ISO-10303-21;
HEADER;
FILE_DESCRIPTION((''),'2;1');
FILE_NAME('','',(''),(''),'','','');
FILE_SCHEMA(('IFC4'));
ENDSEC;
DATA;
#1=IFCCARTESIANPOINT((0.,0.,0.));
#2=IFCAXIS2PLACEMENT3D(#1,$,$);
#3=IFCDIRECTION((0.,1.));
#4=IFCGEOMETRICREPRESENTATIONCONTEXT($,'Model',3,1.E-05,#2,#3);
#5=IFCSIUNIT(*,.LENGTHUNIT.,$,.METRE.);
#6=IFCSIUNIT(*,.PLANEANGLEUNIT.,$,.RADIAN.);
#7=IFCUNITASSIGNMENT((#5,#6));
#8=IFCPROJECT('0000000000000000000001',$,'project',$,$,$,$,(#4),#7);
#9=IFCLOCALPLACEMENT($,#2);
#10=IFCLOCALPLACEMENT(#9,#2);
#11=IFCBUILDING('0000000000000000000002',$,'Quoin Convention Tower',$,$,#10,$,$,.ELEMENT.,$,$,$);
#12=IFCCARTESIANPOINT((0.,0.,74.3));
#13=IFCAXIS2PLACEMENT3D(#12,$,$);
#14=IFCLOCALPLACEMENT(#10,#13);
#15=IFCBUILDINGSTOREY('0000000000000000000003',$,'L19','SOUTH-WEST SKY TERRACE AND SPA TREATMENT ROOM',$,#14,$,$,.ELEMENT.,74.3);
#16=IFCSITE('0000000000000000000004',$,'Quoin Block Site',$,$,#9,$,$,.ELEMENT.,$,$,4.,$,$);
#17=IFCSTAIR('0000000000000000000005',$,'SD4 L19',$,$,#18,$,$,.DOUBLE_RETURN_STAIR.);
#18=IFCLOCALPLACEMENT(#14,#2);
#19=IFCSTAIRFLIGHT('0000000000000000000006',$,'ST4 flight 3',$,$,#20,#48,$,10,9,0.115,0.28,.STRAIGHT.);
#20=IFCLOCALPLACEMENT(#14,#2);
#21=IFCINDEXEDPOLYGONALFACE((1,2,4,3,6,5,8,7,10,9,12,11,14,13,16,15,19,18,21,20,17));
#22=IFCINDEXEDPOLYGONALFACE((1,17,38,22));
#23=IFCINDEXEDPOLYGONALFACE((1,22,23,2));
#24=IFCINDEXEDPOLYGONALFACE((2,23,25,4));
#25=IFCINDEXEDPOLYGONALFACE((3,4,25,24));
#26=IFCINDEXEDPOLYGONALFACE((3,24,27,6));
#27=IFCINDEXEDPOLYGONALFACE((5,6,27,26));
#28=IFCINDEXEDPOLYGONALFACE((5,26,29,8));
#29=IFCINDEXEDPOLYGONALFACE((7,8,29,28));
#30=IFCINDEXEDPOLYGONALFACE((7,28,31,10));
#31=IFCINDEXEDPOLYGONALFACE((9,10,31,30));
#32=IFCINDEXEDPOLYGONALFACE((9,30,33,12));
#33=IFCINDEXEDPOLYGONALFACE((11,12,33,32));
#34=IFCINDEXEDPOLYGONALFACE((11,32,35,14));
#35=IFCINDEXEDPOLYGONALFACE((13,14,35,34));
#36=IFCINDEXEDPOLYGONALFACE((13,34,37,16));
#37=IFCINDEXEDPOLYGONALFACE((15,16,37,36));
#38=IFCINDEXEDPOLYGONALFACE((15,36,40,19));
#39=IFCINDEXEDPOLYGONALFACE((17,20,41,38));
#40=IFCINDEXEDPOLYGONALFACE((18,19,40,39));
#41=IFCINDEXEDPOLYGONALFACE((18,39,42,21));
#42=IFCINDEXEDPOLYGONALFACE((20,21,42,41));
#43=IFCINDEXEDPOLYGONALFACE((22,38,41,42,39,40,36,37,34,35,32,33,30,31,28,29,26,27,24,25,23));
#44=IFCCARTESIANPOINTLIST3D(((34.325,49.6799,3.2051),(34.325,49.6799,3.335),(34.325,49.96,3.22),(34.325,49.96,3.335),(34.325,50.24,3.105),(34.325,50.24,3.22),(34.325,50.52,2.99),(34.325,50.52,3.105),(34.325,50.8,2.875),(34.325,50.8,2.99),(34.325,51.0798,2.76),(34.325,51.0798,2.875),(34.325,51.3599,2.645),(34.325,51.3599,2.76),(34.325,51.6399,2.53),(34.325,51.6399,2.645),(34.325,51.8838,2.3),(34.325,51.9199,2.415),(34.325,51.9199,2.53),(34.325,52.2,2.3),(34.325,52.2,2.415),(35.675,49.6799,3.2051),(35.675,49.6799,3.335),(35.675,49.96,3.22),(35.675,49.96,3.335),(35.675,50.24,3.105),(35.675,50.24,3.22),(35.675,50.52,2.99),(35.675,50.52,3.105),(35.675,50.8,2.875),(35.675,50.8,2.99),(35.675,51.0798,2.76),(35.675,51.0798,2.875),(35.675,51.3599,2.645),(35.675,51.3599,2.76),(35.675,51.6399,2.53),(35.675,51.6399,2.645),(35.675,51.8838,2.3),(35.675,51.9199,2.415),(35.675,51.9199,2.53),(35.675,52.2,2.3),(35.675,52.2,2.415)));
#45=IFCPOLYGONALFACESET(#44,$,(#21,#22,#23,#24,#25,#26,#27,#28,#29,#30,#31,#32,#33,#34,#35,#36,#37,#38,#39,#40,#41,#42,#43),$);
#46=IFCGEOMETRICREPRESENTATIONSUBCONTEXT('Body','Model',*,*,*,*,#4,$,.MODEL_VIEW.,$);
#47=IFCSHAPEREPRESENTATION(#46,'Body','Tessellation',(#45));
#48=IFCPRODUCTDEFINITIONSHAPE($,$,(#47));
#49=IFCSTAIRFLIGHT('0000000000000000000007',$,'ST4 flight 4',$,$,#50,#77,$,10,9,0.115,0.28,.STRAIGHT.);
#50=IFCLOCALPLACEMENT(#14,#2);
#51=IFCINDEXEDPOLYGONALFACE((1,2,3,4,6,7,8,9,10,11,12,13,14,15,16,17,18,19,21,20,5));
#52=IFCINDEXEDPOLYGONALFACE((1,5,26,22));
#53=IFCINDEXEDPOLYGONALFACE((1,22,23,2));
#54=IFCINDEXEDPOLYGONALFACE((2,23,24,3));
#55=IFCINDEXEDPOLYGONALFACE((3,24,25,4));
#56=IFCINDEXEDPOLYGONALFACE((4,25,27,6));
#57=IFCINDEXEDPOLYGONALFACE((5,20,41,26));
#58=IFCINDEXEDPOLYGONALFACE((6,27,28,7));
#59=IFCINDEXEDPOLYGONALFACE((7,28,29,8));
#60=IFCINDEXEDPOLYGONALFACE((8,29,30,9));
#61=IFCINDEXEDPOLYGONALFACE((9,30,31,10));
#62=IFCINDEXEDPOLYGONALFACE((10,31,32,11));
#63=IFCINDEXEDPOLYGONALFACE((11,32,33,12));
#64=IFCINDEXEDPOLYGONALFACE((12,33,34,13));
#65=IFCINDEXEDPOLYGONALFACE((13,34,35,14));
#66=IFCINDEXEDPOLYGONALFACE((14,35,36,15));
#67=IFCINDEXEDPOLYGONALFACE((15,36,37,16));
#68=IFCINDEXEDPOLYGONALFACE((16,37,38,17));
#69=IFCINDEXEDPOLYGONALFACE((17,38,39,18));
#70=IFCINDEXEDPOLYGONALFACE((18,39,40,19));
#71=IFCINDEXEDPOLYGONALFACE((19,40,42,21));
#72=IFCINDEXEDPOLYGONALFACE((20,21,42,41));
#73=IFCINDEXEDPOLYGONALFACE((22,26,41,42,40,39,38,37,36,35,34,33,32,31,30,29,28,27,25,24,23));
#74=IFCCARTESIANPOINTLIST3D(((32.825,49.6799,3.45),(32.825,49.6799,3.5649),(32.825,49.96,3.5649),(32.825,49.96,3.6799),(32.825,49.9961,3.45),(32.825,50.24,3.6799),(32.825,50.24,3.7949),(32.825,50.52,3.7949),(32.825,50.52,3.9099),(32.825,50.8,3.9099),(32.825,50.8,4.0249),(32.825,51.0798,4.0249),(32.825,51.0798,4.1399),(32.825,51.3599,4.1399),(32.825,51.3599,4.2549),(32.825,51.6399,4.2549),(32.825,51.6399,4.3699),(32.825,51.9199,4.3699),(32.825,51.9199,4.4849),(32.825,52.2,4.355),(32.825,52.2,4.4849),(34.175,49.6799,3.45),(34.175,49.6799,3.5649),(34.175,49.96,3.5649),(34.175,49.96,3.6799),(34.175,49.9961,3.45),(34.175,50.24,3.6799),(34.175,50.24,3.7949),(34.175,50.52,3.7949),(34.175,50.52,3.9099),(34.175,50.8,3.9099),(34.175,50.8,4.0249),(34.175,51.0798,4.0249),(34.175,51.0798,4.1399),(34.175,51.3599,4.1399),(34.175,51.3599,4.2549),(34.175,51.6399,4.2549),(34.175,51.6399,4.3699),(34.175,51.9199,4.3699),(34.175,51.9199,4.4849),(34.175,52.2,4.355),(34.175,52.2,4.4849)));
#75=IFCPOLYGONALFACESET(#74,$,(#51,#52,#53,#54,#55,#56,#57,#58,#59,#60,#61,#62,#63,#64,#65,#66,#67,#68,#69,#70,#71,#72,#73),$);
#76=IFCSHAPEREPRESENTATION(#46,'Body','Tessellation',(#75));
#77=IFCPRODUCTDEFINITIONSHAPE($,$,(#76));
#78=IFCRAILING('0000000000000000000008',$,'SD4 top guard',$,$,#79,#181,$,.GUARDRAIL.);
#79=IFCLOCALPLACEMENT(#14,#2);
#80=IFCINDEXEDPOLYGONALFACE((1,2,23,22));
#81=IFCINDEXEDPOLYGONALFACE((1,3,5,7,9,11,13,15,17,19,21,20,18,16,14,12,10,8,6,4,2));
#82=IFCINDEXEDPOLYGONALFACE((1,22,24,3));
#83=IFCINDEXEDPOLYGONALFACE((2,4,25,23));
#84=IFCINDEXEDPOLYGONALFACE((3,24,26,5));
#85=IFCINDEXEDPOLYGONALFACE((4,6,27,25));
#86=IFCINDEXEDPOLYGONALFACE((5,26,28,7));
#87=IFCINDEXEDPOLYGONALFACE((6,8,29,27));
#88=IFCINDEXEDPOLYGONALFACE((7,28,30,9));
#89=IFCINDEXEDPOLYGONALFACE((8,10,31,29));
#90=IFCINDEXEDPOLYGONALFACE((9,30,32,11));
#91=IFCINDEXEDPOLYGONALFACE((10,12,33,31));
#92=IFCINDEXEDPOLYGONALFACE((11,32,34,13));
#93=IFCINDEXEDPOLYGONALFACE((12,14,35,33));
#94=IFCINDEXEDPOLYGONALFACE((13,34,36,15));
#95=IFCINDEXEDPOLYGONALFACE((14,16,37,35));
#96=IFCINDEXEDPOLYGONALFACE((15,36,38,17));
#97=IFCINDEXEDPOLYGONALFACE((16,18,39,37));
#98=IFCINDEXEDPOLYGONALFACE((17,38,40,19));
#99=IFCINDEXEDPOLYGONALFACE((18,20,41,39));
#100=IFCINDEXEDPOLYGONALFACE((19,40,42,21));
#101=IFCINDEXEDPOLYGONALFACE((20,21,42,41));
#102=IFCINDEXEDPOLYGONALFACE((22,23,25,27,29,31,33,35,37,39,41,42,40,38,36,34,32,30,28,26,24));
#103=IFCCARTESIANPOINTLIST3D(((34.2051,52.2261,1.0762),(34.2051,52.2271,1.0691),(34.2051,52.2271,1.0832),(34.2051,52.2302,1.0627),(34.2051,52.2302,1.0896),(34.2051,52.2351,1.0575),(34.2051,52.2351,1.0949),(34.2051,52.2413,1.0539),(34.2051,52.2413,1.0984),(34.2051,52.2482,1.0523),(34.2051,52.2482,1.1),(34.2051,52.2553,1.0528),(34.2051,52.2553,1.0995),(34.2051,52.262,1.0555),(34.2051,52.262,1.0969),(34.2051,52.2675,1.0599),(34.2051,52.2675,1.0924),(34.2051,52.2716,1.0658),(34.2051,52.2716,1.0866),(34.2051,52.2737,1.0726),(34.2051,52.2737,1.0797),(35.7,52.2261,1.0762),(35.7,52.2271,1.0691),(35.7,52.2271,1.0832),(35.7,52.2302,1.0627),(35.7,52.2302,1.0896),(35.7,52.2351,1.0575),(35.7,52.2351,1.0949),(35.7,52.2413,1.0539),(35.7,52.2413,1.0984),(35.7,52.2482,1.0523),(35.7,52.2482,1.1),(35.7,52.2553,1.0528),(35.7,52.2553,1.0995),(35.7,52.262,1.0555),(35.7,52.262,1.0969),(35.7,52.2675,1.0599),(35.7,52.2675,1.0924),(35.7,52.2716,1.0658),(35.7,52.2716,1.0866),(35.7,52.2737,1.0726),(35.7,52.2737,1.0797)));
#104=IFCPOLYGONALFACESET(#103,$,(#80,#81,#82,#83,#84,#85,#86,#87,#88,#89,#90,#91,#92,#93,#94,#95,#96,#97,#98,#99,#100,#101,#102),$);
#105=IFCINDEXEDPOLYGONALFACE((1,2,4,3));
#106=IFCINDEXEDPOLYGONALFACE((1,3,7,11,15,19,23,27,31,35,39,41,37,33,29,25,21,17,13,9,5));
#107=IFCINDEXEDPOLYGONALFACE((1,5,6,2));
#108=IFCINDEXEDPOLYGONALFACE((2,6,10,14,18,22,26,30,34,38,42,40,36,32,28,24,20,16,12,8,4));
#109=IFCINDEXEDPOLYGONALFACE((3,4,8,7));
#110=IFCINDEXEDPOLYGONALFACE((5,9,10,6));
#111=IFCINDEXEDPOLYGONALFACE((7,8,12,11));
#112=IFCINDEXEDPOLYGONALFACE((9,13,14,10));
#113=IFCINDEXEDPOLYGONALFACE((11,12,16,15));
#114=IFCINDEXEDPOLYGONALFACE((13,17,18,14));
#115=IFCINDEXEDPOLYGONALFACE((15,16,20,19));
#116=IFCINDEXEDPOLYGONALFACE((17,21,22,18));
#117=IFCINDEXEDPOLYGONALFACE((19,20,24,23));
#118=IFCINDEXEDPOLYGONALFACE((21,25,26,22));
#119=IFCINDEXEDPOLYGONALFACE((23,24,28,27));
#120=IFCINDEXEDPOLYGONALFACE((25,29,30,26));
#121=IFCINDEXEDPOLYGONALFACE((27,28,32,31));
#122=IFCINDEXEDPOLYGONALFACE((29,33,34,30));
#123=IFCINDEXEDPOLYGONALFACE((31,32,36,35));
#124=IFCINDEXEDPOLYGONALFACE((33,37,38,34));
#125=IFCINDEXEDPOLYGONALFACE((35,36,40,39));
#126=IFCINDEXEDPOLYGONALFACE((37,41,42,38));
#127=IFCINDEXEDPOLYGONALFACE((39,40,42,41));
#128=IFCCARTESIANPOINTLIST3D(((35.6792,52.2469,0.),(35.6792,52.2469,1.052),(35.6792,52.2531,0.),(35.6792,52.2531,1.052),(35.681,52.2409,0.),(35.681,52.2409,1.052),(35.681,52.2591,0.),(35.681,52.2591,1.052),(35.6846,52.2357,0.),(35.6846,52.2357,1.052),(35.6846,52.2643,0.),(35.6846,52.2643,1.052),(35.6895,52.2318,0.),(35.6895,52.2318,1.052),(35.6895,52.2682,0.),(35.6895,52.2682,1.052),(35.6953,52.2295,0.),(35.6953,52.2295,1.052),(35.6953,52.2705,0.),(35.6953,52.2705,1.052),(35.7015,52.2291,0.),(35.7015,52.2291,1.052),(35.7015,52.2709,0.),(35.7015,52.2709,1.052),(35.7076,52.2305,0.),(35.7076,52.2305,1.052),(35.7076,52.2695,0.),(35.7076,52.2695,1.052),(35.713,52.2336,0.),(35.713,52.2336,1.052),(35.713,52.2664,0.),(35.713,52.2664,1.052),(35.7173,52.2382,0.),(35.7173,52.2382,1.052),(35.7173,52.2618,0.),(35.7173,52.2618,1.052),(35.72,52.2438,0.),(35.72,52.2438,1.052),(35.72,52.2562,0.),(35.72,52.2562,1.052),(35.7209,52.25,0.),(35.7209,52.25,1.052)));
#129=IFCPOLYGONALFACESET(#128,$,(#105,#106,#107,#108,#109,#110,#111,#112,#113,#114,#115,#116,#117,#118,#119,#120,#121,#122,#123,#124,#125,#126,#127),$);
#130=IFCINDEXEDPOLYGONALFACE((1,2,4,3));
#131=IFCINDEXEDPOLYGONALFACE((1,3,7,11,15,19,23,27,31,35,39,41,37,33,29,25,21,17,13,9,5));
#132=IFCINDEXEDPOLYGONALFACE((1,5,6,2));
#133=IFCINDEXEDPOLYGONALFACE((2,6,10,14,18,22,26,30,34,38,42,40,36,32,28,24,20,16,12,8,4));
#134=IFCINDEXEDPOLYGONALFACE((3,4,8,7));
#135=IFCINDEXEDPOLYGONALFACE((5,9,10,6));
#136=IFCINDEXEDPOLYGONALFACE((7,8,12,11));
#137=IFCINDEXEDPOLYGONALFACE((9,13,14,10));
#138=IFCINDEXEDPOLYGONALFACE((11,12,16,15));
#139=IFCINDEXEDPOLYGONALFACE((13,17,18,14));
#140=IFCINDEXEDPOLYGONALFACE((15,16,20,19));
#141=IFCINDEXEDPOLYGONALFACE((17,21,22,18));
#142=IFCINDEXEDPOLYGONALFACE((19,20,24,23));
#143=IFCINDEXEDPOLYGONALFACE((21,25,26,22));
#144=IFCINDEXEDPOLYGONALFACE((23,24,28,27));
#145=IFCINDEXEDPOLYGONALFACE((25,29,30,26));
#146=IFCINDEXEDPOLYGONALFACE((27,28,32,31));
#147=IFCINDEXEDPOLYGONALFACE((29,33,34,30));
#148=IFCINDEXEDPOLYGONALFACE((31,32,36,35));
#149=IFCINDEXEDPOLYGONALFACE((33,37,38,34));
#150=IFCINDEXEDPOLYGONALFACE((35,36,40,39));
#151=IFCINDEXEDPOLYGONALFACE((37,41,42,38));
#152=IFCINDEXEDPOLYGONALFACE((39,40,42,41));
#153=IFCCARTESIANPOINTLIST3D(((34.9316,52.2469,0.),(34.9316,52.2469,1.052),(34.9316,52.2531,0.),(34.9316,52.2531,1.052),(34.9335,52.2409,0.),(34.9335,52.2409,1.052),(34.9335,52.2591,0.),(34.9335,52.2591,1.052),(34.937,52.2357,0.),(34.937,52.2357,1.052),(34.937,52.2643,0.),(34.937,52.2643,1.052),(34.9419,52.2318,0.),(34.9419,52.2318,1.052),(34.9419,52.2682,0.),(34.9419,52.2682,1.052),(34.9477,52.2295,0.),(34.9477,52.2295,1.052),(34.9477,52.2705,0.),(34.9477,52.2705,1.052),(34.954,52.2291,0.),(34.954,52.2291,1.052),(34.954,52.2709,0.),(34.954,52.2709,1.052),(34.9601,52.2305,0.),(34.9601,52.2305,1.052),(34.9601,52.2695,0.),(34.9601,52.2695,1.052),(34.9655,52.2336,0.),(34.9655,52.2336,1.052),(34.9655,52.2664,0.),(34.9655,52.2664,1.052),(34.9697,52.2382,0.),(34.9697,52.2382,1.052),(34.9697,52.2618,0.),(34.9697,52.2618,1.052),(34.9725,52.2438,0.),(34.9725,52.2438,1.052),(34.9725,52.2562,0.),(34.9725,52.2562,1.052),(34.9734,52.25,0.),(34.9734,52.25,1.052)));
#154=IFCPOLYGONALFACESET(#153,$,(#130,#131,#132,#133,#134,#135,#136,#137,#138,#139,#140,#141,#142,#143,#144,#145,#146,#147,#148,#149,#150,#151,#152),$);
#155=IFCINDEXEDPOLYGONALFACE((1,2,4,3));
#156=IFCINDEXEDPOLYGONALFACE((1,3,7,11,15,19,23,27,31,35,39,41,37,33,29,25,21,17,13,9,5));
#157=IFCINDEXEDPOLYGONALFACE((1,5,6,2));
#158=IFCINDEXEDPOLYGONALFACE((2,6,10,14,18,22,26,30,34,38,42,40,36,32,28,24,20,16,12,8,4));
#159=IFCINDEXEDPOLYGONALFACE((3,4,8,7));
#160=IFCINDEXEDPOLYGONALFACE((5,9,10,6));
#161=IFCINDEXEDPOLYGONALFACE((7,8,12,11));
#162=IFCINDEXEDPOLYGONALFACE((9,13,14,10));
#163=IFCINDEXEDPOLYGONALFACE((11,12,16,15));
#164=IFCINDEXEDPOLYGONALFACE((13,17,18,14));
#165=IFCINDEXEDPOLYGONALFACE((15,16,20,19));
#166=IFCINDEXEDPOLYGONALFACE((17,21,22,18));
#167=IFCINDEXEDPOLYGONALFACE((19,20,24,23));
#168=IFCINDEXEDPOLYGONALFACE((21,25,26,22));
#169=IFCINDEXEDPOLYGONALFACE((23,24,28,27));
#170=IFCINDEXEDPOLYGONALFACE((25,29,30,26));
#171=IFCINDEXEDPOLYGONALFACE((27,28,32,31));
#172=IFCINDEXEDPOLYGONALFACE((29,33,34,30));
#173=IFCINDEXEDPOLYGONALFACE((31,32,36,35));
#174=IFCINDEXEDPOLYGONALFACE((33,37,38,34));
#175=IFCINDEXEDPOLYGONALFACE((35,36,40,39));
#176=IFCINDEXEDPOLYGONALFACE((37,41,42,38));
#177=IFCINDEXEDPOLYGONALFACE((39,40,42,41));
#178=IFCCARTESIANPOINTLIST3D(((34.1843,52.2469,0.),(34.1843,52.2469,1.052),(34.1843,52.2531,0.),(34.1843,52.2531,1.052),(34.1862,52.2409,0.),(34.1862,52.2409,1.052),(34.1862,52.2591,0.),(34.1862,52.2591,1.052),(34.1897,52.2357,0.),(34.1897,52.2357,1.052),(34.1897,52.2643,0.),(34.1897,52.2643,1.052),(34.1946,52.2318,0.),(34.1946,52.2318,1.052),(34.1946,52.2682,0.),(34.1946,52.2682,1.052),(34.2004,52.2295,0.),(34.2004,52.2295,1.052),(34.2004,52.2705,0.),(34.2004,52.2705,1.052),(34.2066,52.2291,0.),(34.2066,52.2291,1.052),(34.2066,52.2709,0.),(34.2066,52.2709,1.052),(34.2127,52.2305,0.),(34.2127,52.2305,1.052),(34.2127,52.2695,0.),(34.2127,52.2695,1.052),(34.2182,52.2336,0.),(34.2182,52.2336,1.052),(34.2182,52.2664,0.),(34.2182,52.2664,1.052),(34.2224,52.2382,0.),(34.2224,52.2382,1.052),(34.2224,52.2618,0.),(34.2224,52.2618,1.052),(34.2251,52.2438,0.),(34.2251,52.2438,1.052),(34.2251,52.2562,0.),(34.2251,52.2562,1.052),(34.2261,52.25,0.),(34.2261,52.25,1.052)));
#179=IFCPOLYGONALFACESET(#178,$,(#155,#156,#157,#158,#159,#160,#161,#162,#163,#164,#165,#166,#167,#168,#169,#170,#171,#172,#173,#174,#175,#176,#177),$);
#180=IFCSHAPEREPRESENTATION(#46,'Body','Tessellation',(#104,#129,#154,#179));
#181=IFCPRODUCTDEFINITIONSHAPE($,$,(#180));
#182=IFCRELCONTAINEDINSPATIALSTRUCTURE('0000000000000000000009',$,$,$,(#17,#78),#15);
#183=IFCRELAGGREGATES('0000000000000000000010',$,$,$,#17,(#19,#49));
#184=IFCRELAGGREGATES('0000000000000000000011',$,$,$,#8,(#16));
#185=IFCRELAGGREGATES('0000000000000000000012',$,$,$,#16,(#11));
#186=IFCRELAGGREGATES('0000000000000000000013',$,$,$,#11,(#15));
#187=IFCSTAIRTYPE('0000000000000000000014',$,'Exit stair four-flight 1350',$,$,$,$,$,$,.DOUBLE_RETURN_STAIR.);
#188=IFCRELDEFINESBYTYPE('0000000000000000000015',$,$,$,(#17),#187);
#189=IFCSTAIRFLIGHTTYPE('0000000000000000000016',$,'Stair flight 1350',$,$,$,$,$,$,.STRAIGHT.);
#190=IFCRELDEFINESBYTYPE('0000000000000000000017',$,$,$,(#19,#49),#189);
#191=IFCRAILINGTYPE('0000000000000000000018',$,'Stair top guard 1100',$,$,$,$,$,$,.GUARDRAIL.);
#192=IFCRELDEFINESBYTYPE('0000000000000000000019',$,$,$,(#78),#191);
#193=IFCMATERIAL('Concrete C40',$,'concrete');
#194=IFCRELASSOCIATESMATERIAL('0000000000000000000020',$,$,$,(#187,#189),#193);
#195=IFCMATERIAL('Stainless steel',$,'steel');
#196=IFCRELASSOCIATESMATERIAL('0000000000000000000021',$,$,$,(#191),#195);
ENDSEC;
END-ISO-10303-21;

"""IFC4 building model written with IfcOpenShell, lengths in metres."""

from ifc_helpers import new_model, si_unit, direction, frame, origin, origin_2d, place, context, subcontext, project, spatial, polyline, circle, outline, extrude, material, type_object, element, aggregate, save


model = new_model("IFC4")

# Units and contexts
model_context = context("Model", 3, precision=1e-05, world=origin(), true_north=direction((0.0, 1.0)))
body_context = subcontext(model_context, "Body", "Model", "MODEL_VIEW")
ifc_project = project(units=[si_unit("LENGTHUNIT", "METRE"), si_unit("PLANEANGLEUNIT", "RADIAN")], contexts=[model_context])

# Site, building, storey
site_placement = place(None, origin())
site = spatial("IfcSite", under=ifc_project, at=site_placement, Name="Quoin Block Site", CompositionType="ELEMENT", RefElevation=4.0)
building_placement = place(site_placement, origin())
building = spatial("IfcBuilding", under=site, at=building_placement, Name="Quoin Convention Tower", CompositionType="ELEMENT")
storey_placement = place(building_placement, frame((0.0, 0.0, 74.3)))
storey = spatial("IfcBuildingStorey", under=building, at=storey_placement, Name="L19", Description="SOUTH-WEST SKY TERRACE AND SPA TREATMENT ROOM", CompositionType="ELEMENT", Elevation=74.3)

# Stair, stair flights
ifc_material_1 = material(Name="Concrete C40", Category="concrete")
stair_type = type_object("IfcStairType", Name="Exit stair four-flight 1350", PredefinedType="DOUBLE_RETURN_STAIR", material=ifc_material_1)
stair_flight_type = type_object("IfcStairFlightType", Name="Stair flight 1350", PredefinedType="STRAIGHT", material=ifc_material_1)
stair_1_placement = place(storey_placement, origin())
stair_1 = element("IfcStair", 1, at=stair_1_placement, inside=storey, type_object=stair_type, Name="SD4 L19", PredefinedType="DOUBLE_RETURN_STAIR")
stair_flight_1_placement = place(storey_placement, frame((35.0, 52.2, 2.3), z_axis=(0.0, 0.0, 1.0), x_axis=(0.0, -1.0, 0.0)))
stair_flight_1 = element("IfcStairFlight", 2, at=stair_flight_1_placement, type_object=stair_flight_type, Name="ST4 flight 3", NumberOfRisers=10, NumberOfTreads=9, PredefinedType="STRAIGHT", RiserHeight=0.115, TreadLength=0.28, context=body_context, shape_type="SweptSolid", body=[
    extrude(outline(polyline([(0.0, 0.0), (0.0, 0.115), (0.28, 0.115), (0.28, 0.23), (0.5601, 0.23), (0.5601, 0.345), (0.8401, 0.345), (0.8401, 0.46), (1.1201, 0.46), (1.1201, 0.575), (1.3999, 0.575), (1.3999, 0.6899), (1.6799, 0.6899), (1.6799, 0.8049), (1.96, 0.8049), (1.96, 0.9199), (2.24, 0.9199), (2.24, 1.0349), (2.52, 1.0349), (2.52, 1.1499), (2.52, 0.905), (0.3162, 0.0), (0.0, 0.0)])), frame((0.0, 0.675, 0.0), z_axis=(0.0, -1.0, 0.0), x_axis=(1.0, 0.0, 0.0)), (0.0, 0.0, 1.0), 1.3501),
])
stair_flight_2_placement = place(storey_placement, frame((33.5, 49.6799, 3.45), z_axis=(0.0, 0.0, 1.0), x_axis=(0.0, 1.0, 0.0)))
stair_flight_2 = element("IfcStairFlight", 3, at=stair_flight_2_placement, type_object=stair_flight_type, Name="ST4 flight 4", NumberOfRisers=10, NumberOfTreads=9, PredefinedType="STRAIGHT", RiserHeight=0.115, TreadLength=0.28, context=body_context, shape_type="SweptSolid", body=[
    extrude(outline(polyline([(0.0, 0.0), (0.0, 0.115), (0.28, 0.115), (0.28, 0.23), (0.5601, 0.23), (0.5601, 0.345), (0.8401, 0.345), (0.8401, 0.46), (1.1201, 0.46), (1.1201, 0.575), (1.3999, 0.575), (1.3999, 0.6899), (1.6799, 0.6899), (1.6799, 0.8049), (1.96, 0.8049), (1.96, 0.9199), (2.24, 0.9199), (2.24, 1.0349), (2.52, 1.0349), (2.52, 1.1499), (2.52, 0.905), (0.3162, 0.0), (0.0, 0.0)])), frame((0.0, 0.675, 0.0), z_axis=(0.0, -1.0, 0.0), x_axis=(1.0, 0.0, 0.0)), (0.0, 0.0, 1.0), 1.3501),
])
aggregate(stair_1, [stair_flight_1, stair_flight_2])

# Railing
ifc_material_2 = material(Name="Stainless steel", Category="steel")
railing_type_1 = type_object("IfcRailingType", Name="Stair top guard 1100", PredefinedType="GUARDRAIL", material=ifc_material_2)
railing_1_placement = place(storey_placement, frame((35.7, 52.25, 0.0)))
element("IfcRailing", 4, at=railing_1_placement, inside=storey, type_object=railing_type_1, Name="SD4 top guard", PredefinedType="GUARDRAIL", context=body_context, shape_type="SweptSolid", body=[
    extrude(circle(Radius=0.0239, at=origin_2d()), frame((0.0, 0.0, 1.0762), z_axis=(-1.0, 0.0, 0.0), x_axis=(0.0, -1.0, 0.0)), (0.0, 0.0, 1.0), 1.4949),
    extrude(circle(Radius=0.021, at=origin_2d()), origin(), (0.0, 0.0, 1.0), 1.052),
    extrude(circle(Radius=0.021, at=origin_2d()), frame((-0.7476, 0.0, 0.0)), (0.0, 0.0, 1.0), 1.052),
    extrude(circle(Radius=0.021, at=origin_2d()), frame((-1.4949, 0.0, 0.0)), (0.0, 0.0, 1.0), 1.052),
])

save(model, "model.ifc")
